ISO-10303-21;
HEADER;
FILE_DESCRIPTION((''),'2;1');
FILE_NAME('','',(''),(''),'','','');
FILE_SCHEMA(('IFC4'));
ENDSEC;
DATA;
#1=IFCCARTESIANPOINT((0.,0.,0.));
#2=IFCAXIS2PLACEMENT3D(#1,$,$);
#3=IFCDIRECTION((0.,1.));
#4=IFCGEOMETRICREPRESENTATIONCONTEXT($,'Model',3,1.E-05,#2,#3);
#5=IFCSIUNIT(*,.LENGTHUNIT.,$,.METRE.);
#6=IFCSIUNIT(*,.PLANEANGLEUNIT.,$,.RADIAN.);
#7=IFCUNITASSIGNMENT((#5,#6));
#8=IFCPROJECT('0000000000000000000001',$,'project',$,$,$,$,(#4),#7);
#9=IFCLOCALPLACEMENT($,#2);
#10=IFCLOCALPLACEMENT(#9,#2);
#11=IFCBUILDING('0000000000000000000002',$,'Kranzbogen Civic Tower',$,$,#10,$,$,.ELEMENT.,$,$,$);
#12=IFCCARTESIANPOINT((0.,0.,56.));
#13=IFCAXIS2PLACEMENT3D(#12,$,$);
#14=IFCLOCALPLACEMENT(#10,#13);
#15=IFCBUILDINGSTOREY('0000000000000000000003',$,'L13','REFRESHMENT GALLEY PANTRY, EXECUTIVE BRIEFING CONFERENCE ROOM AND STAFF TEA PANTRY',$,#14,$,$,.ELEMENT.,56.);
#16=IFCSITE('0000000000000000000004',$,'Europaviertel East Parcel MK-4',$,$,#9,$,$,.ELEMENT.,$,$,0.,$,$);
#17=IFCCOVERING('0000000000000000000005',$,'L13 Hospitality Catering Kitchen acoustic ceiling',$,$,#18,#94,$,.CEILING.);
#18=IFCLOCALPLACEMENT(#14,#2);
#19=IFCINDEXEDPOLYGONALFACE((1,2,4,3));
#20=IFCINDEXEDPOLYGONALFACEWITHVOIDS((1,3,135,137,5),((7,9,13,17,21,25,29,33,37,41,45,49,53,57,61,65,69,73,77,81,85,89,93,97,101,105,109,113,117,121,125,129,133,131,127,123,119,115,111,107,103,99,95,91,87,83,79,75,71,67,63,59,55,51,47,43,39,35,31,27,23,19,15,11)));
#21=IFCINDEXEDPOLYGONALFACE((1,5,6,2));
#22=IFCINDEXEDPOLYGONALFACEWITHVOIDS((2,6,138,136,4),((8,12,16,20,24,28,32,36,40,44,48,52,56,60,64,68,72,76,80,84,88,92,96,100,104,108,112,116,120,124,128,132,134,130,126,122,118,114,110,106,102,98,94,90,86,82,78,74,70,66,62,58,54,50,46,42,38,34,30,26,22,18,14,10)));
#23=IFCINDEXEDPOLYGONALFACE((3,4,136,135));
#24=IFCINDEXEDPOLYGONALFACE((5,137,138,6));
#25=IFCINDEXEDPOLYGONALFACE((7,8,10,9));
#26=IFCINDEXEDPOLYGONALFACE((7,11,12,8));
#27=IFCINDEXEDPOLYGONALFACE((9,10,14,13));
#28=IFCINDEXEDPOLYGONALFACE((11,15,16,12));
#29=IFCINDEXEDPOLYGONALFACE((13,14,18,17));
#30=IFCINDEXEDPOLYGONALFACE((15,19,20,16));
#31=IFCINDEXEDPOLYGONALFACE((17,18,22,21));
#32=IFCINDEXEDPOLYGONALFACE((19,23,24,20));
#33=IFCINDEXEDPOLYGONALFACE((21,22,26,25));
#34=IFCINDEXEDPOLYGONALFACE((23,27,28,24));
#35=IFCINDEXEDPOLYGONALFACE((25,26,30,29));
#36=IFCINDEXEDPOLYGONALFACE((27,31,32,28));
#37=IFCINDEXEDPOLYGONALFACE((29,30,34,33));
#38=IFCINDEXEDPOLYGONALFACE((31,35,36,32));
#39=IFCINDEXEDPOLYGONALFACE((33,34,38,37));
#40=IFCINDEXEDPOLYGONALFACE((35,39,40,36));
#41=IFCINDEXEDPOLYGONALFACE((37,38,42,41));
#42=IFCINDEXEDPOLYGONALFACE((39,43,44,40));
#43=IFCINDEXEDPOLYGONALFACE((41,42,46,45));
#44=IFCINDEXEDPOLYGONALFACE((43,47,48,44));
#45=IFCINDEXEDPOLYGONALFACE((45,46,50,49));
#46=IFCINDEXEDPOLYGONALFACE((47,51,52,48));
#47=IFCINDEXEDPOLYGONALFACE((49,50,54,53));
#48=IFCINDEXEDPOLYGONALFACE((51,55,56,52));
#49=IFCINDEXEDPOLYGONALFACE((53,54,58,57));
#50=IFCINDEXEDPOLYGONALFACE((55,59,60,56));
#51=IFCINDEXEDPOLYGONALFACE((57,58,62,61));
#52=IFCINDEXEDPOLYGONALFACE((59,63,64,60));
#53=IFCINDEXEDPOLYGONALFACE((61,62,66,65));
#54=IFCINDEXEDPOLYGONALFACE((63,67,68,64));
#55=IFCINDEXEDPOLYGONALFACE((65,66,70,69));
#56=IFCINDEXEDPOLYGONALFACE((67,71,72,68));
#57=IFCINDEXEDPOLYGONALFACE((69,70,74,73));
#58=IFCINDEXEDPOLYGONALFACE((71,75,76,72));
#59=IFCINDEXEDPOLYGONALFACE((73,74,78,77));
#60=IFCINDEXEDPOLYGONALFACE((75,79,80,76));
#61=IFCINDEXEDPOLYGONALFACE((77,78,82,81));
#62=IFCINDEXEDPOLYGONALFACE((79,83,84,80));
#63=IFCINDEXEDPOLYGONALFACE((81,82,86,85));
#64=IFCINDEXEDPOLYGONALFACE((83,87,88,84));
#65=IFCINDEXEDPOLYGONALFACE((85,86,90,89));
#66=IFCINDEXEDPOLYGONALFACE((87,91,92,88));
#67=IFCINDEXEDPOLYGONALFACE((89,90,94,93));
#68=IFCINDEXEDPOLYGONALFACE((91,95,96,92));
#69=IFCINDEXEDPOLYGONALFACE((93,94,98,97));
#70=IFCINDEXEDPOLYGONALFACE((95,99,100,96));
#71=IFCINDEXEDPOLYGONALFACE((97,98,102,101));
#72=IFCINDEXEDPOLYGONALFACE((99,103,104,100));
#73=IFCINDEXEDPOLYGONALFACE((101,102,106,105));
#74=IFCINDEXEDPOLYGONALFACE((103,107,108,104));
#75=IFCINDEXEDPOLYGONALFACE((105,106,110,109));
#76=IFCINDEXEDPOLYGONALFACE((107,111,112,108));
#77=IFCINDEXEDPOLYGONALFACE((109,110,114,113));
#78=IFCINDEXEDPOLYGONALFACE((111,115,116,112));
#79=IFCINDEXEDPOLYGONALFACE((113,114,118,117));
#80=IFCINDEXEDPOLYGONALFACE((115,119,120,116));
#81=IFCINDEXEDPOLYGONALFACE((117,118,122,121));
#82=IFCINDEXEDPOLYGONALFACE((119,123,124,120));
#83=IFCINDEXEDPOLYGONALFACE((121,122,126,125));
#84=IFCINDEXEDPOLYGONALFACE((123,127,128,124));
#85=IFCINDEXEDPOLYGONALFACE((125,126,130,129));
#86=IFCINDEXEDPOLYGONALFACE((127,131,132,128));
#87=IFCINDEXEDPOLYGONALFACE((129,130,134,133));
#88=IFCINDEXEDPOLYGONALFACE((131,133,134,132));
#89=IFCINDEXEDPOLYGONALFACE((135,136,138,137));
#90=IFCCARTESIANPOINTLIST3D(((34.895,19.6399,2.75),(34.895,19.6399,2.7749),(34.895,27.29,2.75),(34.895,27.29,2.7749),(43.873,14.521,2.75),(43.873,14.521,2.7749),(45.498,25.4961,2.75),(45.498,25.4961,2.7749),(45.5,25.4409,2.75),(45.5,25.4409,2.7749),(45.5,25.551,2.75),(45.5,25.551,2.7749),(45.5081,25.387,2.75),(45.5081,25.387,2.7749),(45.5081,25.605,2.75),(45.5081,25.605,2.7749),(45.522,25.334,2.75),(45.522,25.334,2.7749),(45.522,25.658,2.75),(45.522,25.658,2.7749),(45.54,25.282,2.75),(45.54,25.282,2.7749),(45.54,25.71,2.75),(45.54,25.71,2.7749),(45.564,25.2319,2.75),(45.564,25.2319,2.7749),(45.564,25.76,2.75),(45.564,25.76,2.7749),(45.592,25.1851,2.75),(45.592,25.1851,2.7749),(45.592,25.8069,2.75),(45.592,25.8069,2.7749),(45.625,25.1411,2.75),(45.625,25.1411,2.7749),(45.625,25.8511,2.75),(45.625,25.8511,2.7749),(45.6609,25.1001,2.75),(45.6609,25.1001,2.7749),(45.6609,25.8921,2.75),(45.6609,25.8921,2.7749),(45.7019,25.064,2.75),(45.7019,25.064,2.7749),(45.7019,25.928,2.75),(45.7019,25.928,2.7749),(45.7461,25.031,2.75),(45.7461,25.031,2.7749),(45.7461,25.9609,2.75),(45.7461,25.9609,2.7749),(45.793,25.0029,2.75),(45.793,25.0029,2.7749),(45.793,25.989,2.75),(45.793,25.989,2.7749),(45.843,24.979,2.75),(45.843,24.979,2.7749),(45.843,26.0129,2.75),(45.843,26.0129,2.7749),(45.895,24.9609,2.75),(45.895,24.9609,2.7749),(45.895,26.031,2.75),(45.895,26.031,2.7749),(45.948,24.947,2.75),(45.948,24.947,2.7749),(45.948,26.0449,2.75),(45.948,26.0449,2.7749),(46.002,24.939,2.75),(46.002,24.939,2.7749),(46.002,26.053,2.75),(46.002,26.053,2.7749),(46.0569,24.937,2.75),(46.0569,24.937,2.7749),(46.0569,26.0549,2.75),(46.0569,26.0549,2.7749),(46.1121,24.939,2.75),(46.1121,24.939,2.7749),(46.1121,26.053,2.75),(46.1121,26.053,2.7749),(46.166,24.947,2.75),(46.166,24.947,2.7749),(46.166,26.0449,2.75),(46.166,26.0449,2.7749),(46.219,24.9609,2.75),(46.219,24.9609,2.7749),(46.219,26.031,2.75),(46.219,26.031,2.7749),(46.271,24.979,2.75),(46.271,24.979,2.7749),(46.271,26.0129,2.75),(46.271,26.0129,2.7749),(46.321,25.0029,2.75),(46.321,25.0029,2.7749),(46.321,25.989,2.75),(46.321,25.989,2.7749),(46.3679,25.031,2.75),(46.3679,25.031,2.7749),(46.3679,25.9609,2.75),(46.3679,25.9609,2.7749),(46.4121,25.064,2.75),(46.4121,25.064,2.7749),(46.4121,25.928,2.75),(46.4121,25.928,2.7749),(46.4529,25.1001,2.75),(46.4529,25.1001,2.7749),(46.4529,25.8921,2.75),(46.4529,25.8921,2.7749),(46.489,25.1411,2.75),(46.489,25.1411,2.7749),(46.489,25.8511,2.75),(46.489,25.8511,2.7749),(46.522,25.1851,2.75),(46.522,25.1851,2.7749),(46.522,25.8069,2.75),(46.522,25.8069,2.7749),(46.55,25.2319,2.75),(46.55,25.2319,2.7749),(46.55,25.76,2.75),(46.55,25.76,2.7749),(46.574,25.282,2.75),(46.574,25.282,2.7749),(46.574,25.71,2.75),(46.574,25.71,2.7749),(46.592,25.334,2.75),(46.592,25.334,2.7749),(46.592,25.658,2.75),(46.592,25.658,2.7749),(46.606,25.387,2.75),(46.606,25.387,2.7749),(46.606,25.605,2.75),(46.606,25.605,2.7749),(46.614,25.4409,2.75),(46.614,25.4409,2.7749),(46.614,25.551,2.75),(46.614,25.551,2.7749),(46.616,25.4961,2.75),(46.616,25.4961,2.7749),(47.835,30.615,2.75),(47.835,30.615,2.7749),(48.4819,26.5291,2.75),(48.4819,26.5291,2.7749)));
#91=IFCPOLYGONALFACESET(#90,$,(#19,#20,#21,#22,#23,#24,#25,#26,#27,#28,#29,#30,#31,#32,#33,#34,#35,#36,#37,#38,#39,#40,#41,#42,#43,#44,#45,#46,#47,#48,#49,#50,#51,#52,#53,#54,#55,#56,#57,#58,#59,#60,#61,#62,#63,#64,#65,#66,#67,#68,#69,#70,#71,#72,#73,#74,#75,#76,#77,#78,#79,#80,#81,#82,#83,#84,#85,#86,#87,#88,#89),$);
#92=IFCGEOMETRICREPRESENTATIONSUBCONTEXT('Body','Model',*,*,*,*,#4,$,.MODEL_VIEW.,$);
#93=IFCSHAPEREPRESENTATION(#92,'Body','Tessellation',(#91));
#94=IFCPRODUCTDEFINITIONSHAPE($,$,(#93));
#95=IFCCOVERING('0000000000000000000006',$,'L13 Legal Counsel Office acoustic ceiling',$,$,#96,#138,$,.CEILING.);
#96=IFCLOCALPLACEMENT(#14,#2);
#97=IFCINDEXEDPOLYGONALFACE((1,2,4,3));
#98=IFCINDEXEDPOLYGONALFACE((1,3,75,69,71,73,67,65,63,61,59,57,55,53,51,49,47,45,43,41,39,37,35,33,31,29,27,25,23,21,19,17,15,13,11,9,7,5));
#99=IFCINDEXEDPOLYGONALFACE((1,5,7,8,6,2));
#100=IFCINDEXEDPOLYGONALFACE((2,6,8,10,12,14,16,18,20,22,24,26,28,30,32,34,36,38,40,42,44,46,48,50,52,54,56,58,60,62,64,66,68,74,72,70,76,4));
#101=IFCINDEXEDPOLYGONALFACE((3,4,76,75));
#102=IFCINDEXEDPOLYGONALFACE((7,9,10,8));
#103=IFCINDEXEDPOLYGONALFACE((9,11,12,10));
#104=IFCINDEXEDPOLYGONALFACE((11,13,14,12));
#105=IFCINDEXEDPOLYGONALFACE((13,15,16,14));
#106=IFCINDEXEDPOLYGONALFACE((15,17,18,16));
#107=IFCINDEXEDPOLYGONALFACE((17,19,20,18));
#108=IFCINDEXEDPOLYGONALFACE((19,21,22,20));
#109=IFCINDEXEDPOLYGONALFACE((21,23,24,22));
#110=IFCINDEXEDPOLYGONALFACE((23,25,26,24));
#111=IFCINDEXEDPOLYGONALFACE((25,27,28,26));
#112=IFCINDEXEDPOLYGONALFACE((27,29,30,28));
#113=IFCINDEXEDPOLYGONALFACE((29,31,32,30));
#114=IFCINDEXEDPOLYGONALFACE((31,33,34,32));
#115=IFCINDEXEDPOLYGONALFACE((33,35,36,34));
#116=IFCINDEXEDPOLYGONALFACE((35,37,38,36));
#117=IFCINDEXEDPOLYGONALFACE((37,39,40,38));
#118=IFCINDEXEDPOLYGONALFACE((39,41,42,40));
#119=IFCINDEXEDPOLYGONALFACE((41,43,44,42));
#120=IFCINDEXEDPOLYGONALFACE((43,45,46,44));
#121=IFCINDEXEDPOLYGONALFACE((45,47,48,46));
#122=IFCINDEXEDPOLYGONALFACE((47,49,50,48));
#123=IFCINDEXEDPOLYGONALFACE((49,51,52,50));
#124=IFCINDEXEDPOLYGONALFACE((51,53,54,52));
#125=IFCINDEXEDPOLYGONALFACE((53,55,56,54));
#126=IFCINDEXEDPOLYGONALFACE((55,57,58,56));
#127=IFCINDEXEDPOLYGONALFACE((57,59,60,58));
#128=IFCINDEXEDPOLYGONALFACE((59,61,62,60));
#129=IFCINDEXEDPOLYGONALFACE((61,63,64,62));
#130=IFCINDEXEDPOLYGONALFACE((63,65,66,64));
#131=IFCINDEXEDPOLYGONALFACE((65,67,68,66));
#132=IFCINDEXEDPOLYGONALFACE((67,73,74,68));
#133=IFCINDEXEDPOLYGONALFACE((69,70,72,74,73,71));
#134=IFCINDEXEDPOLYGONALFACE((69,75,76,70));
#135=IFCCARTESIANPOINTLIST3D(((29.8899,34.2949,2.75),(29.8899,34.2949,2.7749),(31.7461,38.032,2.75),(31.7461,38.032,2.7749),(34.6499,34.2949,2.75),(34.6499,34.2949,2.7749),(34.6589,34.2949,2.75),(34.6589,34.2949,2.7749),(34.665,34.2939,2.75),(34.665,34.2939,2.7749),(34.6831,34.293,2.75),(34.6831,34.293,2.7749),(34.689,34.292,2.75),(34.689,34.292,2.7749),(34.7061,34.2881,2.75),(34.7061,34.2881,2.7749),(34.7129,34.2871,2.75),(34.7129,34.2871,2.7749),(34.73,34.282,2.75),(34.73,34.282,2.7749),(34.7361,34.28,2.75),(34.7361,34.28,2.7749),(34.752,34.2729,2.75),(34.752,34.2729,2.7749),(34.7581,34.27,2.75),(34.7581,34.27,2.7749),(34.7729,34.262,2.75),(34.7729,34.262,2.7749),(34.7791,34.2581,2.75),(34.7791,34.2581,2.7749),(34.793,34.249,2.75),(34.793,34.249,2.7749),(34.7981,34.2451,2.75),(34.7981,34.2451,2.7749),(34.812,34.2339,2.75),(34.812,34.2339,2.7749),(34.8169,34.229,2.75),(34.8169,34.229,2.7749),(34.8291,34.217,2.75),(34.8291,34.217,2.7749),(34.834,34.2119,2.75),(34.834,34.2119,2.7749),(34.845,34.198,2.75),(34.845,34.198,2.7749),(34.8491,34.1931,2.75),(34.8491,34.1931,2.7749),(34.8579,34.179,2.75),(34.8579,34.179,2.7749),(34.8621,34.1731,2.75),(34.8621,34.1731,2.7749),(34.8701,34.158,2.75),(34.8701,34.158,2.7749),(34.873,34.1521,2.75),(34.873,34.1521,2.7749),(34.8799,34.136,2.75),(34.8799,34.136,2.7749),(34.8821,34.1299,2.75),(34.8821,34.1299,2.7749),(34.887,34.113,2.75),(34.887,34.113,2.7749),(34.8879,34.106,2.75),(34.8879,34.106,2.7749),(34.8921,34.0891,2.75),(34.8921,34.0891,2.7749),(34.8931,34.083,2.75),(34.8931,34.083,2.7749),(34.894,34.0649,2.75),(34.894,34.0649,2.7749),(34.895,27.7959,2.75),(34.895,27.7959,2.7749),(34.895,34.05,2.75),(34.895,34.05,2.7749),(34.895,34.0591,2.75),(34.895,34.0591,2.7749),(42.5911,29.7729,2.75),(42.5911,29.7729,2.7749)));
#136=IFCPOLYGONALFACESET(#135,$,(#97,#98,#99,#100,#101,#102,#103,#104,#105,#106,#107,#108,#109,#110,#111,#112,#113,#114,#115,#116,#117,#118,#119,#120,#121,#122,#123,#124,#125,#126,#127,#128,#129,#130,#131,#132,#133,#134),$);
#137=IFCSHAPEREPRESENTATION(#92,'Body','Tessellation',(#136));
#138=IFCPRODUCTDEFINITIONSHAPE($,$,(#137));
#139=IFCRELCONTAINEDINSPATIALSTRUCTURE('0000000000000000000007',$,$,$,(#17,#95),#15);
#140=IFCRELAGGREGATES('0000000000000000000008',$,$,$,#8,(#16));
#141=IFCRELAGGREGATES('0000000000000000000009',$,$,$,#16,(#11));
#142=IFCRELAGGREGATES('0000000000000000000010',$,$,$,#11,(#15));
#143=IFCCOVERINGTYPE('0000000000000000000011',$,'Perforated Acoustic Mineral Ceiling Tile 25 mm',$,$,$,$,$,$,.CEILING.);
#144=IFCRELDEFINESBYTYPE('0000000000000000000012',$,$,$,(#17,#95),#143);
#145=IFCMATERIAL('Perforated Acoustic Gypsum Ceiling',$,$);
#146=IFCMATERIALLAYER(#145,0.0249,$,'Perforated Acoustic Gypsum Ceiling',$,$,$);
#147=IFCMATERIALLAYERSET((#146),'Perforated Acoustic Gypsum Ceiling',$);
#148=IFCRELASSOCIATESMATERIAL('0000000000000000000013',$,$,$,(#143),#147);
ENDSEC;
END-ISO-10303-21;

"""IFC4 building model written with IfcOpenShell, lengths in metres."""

from ifc_helpers import new_model, si_unit, direction, frame, origin, place, context, subcontext, project, spatial, polyline, outline, extrude, material, layer, layer_set, type_object, element, save


model = new_model("IFC4")

# Units and contexts
model_context = context("Model", 3, precision=1e-05, world=origin(), true_north=direction((0.0, 1.0)))
body_context = subcontext(model_context, "Body", "Model", "MODEL_VIEW")
ifc_project = project(units=[si_unit("LENGTHUNIT", "METRE"), si_unit("PLANEANGLEUNIT", "RADIAN")], contexts=[model_context])

# Site, building, storey
site_placement = place(None, origin())
site = spatial("IfcSite", under=ifc_project, at=site_placement, Name="Europaviertel East Parcel MK-4", CompositionType="ELEMENT", RefElevation=0.0)
building_placement = place(site_placement, origin())
building = spatial("IfcBuilding", under=site, at=building_placement, Name="Kranzbogen Civic Tower", CompositionType="ELEMENT")
storey_placement = place(building_placement, frame((0.0, 0.0, 56.0)))
storey = spatial("IfcBuildingStorey", under=building, at=storey_placement, Name="L13", Description="REFRESHMENT GALLEY PANTRY, EXECUTIVE BRIEFING CONFERENCE ROOM AND STAFF TEA PANTRY", CompositionType="ELEMENT", Elevation=56.0)

# Coverings
ifc_material_1 = material(Name="Perforated Acoustic Gypsum Ceiling")
ifc_layer_1 = layer(ifc_material_1, 0.0249, Name="Perforated Acoustic Gypsum Ceiling")
ifc_layer_set_1 = layer_set([ifc_layer_1], Name="Perforated Acoustic Gypsum Ceiling")
covering_type_1 = type_object("IfcCoveringType", Name="Perforated Acoustic Mineral Ceiling Tile 25 mm", PredefinedType="CEILING", material=ifc_layer_set_1)
covering_1_placement = place(storey_placement, frame((0.0, 0.0, 2.75)))
element("IfcCovering", 1, at=covering_1_placement, inside=storey, type_object=covering_type_1, Name="L13 Hospitality Catering Kitchen acoustic ceiling", PredefinedType="CEILING", context=body_context, shape_type="SweptSolid", body=[
    extrude(outline(polyline([(34.895, 19.6399), (34.895, 27.29), (47.835, 30.615), (48.4819, 26.5291), (43.873, 14.521), (34.895, 19.6399)]), holes=[polyline([(46.574, 25.282), (46.55, 25.2319), (46.522, 25.1851), (46.489, 25.1411), (46.4529, 25.1001), (46.4121, 25.064), (46.3679, 25.031), (46.321, 25.0029), (46.271, 24.979), (46.219, 24.9609), (46.166, 24.947), (46.1121, 24.939), (46.0569, 24.937), (46.002, 24.939), (45.948, 24.947), (45.895, 24.9609), (45.843, 24.979), (45.793, 25.0029), (45.7461, 25.031), (45.7019, 25.064), (45.6609, 25.1001), (45.625, 25.1411), (45.592, 25.1851), (45.564, 25.2319), (45.54, 25.282), (45.522, 25.334), (45.5081, 25.387), (45.5, 25.4409), (45.498, 25.4961), (45.5, 25.551), (45.5081, 25.605), (45.522, 25.658), (45.54, 25.71), (45.564, 25.76), (45.592, 25.8069), (45.625, 25.8511), (45.6609, 25.8921), (45.7019, 25.928), (45.7461, 25.9609), (45.793, 25.989), (45.843, 26.0129), (45.895, 26.031), (45.948, 26.0449), (46.002, 26.053), (46.0569, 26.0549), (46.1121, 26.053), (46.166, 26.0449), (46.219, 26.031), (46.271, 26.0129), (46.321, 25.989), (46.3679, 25.9609), (46.4121, 25.928), (46.4529, 25.8921), (46.489, 25.8511), (46.522, 25.8069), (46.55, 25.76), (46.574, 25.71), (46.592, 25.658), (46.606, 25.605), (46.614, 25.551), (46.616, 25.4961), (46.614, 25.4409), (46.606, 25.387), (46.592, 25.334), (46.574, 25.282)])]), origin(), (0.0, 0.0, 1.0), 0.0249),
])
covering_2_placement = place(storey_placement, frame((0.0, 0.0, 2.75)))
element("IfcCovering", 2, at=covering_2_placement, inside=storey, type_object=covering_type_1, Name="L13 Legal Counsel Office acoustic ceiling", PredefinedType="CEILING", context=body_context, shape_type="SweptSolid", body=[
    extrude(outline(polyline([(34.895, 34.05), (34.895, 34.0591), (34.894, 34.0649), (34.8931, 34.083), (34.8921, 34.0891), (34.8879, 34.106), (34.887, 34.113), (34.8821, 34.1299), (34.8799, 34.136), (34.873, 34.1521), (34.8701, 34.158), (34.8621, 34.1731), (34.8579, 34.179), (34.8491, 34.1931), (34.845, 34.198), (34.834, 34.2119), (34.8291, 34.217), (34.8169, 34.229), (34.812, 34.2339), (34.7981, 34.2451), (34.793, 34.249), (34.7791, 34.2581), (34.7729, 34.262), (34.7581, 34.27), (34.752, 34.2729), (34.7361, 34.28), (34.73, 34.282), (34.7129, 34.2871), (34.7061, 34.2881), (34.689, 34.292), (34.6831, 34.293), (34.665, 34.2939), (34.6589, 34.2949), (34.6499, 34.2949), (29.8899, 34.2949), (31.7461, 38.032), (42.5911, 29.7729), (34.895, 27.7959), (34.895, 34.05)])), origin(), (0.0, 0.0, 1.0), 0.0249),
])

save(model, "model.ifc")
